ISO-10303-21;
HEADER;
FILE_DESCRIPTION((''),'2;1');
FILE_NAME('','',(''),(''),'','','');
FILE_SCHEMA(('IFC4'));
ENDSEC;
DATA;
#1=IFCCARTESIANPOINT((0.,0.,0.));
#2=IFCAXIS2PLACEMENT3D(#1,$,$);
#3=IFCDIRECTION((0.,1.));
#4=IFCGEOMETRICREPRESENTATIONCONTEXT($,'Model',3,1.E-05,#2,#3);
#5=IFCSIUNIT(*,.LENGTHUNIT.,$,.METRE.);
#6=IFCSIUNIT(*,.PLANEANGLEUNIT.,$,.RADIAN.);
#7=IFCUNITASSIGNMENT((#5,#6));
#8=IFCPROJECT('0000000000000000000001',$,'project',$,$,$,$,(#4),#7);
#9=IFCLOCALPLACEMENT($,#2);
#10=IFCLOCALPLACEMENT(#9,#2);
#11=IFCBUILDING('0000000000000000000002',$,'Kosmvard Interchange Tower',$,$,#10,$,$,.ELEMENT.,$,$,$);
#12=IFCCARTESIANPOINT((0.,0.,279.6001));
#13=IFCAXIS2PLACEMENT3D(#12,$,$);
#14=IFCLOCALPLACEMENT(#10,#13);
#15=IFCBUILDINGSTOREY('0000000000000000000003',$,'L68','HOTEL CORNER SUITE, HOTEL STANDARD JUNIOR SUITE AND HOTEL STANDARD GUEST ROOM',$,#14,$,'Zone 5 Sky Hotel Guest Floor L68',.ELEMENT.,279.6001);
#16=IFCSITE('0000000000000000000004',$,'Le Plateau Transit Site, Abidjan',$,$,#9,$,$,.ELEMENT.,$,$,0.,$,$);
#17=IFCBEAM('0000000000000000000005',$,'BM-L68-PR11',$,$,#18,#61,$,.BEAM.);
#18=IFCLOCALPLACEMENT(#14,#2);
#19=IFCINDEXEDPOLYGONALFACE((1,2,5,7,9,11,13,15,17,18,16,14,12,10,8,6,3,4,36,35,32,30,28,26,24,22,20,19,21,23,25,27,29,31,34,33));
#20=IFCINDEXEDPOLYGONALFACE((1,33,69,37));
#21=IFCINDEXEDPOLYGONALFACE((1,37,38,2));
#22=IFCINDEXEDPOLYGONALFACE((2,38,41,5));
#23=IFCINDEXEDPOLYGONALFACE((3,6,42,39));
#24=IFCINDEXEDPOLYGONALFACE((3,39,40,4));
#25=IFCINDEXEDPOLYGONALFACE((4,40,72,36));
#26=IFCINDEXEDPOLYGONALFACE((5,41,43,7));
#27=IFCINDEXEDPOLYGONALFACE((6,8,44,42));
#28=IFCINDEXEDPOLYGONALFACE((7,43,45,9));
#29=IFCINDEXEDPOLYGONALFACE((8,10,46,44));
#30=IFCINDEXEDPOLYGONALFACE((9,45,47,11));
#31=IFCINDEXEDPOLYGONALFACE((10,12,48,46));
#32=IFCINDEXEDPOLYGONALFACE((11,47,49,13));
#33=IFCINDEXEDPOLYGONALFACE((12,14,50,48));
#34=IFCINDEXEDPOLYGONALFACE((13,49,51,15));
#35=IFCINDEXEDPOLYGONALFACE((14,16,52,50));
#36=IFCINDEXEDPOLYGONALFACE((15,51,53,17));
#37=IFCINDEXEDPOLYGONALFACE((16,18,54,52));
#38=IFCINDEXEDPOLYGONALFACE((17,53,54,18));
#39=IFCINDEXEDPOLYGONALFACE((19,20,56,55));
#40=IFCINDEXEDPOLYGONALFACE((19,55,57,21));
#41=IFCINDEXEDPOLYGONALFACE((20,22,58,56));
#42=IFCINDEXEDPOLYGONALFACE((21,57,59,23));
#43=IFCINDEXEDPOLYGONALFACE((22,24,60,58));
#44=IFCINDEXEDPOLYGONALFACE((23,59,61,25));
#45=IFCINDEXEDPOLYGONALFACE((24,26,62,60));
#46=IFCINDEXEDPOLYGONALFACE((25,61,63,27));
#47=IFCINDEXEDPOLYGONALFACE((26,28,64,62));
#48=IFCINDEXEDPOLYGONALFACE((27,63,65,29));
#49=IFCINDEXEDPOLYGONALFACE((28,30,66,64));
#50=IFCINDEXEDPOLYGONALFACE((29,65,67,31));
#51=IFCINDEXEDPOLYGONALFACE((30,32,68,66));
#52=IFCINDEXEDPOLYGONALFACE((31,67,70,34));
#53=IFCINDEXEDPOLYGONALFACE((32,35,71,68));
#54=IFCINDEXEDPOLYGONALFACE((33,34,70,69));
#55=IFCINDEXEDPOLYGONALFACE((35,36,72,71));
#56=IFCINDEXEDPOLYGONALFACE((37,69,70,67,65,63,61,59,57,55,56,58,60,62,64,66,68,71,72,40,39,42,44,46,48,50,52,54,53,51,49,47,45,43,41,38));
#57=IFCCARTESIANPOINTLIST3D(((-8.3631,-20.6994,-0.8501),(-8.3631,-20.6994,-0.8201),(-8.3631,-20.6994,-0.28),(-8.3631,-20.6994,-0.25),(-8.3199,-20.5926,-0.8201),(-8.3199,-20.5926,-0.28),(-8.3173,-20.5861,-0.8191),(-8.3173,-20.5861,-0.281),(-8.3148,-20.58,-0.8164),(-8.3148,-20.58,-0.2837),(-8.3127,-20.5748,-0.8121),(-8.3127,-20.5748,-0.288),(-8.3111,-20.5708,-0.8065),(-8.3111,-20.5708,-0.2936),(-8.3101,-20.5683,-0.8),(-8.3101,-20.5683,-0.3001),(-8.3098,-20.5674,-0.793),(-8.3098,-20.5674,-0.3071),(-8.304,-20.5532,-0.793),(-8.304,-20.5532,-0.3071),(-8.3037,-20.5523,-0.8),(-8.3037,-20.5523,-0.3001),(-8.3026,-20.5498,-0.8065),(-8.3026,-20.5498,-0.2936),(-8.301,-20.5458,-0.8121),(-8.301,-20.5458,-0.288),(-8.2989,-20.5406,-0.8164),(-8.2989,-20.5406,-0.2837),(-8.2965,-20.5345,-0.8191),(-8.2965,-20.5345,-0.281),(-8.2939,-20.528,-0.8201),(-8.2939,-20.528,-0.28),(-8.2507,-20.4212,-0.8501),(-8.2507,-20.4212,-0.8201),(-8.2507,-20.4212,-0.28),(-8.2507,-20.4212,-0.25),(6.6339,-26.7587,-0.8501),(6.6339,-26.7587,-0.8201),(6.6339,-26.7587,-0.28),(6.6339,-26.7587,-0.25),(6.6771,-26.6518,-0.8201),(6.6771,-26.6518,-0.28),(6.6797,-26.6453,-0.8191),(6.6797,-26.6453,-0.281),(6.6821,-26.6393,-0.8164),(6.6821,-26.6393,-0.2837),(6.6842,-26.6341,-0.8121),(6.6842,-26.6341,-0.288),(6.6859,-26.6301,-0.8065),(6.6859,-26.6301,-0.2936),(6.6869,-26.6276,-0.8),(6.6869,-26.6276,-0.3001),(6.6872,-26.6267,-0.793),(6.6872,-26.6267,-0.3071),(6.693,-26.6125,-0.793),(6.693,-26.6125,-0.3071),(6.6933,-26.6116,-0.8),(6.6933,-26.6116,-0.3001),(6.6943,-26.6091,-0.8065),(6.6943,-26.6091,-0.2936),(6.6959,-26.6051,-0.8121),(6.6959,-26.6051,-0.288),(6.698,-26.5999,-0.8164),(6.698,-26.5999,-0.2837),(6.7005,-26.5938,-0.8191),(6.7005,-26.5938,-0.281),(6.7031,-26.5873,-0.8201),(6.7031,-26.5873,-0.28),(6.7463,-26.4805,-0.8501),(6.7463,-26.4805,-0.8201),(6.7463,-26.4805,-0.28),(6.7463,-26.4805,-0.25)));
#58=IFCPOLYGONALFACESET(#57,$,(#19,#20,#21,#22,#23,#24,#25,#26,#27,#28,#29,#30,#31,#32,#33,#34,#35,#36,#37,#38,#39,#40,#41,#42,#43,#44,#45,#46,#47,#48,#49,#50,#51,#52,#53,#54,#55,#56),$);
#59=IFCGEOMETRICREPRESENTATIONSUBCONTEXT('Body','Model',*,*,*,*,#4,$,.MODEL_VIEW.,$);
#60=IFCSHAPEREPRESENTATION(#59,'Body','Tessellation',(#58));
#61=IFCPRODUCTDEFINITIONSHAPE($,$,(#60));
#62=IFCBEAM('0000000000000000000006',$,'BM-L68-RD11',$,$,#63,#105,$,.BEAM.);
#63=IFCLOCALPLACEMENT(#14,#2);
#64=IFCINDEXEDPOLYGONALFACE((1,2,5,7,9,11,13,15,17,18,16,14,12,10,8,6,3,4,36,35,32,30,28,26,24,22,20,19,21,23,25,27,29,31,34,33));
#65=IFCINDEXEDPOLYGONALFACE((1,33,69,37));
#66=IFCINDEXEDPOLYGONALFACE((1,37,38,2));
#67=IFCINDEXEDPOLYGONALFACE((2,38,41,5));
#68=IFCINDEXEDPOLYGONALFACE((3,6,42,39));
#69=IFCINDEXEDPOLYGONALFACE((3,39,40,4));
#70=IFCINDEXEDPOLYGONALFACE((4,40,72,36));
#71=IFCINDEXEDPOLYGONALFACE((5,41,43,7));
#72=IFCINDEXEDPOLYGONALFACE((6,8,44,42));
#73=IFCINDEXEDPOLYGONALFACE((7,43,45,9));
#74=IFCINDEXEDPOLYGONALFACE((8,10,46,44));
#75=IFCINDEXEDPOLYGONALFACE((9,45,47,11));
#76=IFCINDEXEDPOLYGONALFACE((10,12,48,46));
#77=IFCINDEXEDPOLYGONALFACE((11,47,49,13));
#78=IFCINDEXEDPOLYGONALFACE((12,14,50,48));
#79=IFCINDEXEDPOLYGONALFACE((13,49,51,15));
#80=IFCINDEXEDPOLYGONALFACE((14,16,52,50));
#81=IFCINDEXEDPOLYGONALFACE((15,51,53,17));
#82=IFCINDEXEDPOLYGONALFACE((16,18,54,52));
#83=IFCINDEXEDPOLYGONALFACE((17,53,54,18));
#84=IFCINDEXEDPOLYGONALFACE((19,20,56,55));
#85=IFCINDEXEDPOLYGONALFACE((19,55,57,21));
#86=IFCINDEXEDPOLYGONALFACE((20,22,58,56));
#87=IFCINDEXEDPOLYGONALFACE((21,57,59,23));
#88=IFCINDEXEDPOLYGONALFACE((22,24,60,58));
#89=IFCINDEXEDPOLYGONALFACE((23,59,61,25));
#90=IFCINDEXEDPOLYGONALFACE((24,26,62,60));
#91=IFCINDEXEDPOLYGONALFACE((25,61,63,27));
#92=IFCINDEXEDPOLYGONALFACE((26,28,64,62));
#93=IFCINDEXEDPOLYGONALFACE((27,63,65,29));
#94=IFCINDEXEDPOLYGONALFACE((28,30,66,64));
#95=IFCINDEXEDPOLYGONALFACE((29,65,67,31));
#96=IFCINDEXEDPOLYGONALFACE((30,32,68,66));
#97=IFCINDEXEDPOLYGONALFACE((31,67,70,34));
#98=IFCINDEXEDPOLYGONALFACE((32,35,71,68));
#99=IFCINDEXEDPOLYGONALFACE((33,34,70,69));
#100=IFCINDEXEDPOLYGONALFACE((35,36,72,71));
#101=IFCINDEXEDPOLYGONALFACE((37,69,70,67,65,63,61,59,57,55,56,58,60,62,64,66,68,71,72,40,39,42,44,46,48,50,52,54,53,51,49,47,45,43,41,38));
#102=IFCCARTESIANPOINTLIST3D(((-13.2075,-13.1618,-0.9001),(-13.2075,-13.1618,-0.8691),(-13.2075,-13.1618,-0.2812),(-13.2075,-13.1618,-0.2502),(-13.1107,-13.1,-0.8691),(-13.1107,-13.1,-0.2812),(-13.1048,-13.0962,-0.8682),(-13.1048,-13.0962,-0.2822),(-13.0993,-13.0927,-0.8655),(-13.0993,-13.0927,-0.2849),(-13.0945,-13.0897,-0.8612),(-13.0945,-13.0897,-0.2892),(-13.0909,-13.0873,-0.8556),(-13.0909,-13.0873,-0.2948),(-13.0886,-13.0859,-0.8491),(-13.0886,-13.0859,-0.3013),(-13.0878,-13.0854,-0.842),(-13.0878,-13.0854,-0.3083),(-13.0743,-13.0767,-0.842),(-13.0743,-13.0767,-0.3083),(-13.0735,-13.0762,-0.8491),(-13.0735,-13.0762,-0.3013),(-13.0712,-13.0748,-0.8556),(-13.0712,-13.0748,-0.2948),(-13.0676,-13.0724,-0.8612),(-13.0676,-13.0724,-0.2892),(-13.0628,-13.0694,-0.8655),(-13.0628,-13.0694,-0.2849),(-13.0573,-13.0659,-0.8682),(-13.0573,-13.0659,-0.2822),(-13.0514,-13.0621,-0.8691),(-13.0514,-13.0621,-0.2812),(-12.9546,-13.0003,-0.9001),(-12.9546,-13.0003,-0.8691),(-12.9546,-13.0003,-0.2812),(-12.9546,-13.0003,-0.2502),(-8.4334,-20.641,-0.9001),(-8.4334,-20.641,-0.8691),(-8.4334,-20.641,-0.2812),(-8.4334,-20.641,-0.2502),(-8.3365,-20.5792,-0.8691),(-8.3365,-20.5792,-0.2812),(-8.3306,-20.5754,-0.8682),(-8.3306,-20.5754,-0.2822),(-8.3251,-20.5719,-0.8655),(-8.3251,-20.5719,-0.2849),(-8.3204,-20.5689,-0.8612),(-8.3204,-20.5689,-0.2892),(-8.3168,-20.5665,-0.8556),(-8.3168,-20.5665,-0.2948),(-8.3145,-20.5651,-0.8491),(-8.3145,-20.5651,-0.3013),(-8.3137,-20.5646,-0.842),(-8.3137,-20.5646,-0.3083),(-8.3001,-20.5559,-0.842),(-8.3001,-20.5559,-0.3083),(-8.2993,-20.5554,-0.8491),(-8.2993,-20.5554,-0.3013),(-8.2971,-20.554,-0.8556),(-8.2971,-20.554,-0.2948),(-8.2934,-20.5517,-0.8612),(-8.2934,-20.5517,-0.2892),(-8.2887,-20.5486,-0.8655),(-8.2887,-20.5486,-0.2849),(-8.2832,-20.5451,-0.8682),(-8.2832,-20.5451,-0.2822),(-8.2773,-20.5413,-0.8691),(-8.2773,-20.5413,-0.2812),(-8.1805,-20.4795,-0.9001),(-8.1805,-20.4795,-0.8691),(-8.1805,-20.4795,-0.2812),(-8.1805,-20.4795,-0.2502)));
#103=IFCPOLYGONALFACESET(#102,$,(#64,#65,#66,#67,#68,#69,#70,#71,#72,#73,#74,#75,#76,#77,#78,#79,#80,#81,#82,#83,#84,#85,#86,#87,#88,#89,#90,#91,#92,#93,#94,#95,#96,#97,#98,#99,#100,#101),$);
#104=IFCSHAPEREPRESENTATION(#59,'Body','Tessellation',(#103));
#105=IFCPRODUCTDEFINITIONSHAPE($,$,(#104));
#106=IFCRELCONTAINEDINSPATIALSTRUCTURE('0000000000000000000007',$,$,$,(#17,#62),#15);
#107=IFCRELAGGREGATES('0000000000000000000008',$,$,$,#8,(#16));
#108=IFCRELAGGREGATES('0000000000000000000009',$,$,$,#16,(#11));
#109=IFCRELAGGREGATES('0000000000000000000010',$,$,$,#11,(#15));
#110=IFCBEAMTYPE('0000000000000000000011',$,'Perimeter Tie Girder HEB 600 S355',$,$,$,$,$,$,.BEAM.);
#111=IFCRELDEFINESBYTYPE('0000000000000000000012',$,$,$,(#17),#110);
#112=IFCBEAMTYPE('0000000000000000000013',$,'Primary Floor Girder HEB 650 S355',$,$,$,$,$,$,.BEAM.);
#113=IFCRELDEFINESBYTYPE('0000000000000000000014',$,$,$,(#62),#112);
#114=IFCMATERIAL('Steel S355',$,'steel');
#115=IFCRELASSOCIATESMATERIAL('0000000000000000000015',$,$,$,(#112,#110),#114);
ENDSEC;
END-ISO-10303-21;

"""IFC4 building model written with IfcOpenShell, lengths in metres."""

from ifc_helpers import new_model, si_unit, direction, frame, origin, origin_2d, place, context, subcontext, project, spatial, i_section, extrude, source, transform, mapped, material, material_profile, profile_set, type_object, element, save


model = new_model("IFC4")

# Units and contexts
model_context = context("Model", 3, precision=1e-05, world=origin(), true_north=direction((0.0, 1.0)))
body_context = subcontext(model_context, "Body", "Model", "MODEL_VIEW")
ifc_project = project(units=[si_unit("LENGTHUNIT", "METRE"), si_unit("PLANEANGLEUNIT", "RADIAN")], contexts=[model_context])

# Site, building, storey
site_placement = place(None, origin())
site = spatial("IfcSite", under=ifc_project, at=site_placement, Name="Le Plateau Transit Site, Abidjan", CompositionType="ELEMENT", RefElevation=0.0)
building_placement = place(site_placement, origin())
building = spatial("IfcBuilding", under=site, at=building_placement, Name="Kosmvard Interchange Tower", CompositionType="ELEMENT")
storey_placement = place(building_placement, frame((0.0, 0.0, 279.6001)))
storey = spatial("IfcBuildingStorey", under=building, at=storey_placement, Name="L68", Description="HOTEL CORNER SUITE, HOTEL STANDARD JUNIOR SUITE AND HOTEL STANDARD GUEST ROOM", LongName="Zone 5 Sky Hotel Guest Floor L68", CompositionType="ELEMENT", Elevation=279.6001)

# Beams
ifc_material_1 = material(Name="Steel S355", Category="steel")
ifc_material_profile_1 = material_profile(ifc_material_1, i_section(OverallWidth=0.3, OverallDepth=0.6499, WebThickness=0.0161, FlangeThickness=0.031, FilletRadius=0.0271, at=origin_2d()), Name="HEB 650")
ifc_profile_set_1 = profile_set([ifc_material_profile_1], Name="Steel S355")
beam_type_1 = type_object("IfcBeamType", Name="Primary Floor Girder HEB 650 S355", PredefinedType="BEAM", material=ifc_profile_set_1)
ifc_material_profile_2 = material_profile(ifc_material_1, i_section(OverallWidth=0.3, OverallDepth=0.6001, WebThickness=0.0154, FlangeThickness=0.03, FilletRadius=0.0271, at=origin_2d()), Name="HEB 600")
ifc_profile_set_2 = profile_set([ifc_material_profile_2], Name="Steel S355")
beam_type_2 = type_object("IfcBeamType", Name="Perimeter Tie Girder HEB 600 S355", PredefinedType="BEAM", material=ifc_profile_set_2)
shared_shape_1 = source(origin(), body_context, "Body", "SweptSolid", [
    extrude(i_section(OverallWidth=0.3, OverallDepth=0.6001, WebThickness=0.0154, FlangeThickness=0.03, FilletRadius=0.0271, at=origin_2d()), origin(), (0.0, 0.0, 1.0), 16.1748),
])
beam_1_placement = place(storey_placement, frame((-8.3069, -20.5603, -0.55), z_axis=(0.927181, -0.374613, 0.0), x_axis=(0.374613, 0.927181, 0.0)))
element("IfcBeam", 1, at=beam_1_placement, inside=storey, type_object=beam_type_2, Name="BM-L68-PR11", PredefinedType="BEAM", context=body_context, shape_type="MappedRepresentation", body=[
    mapped(shared_shape_1, transform((0.0, 0.0, 0.0), scale=1.0)),
])
shared_shape_2 = source(origin(), body_context, "Body", "SweptSolid", [
    extrude(i_section(OverallWidth=0.3, OverallDepth=0.6499, WebThickness=0.0161, FlangeThickness=0.031, FilletRadius=0.0271, at=origin_2d()), origin(), (0.0, 0.0, 1.0), 8.873),
])
beam_2_placement = place(storey_placement, frame((-13.0811, -13.0811, -0.5752), z_axis=(0.53805, -0.842913, 0.0), x_axis=(0.842913, 0.53805, 0.0)))
element("IfcBeam", 2, at=beam_2_placement, inside=storey, type_object=beam_type_1, Name="BM-L68-RD11", PredefinedType="BEAM", context=body_context, shape_type="MappedRepresentation", body=[
    mapped(shared_shape_2, transform((0.0, 0.0, 0.0), scale=1.0)),
])

save(model, "model.ifc")
